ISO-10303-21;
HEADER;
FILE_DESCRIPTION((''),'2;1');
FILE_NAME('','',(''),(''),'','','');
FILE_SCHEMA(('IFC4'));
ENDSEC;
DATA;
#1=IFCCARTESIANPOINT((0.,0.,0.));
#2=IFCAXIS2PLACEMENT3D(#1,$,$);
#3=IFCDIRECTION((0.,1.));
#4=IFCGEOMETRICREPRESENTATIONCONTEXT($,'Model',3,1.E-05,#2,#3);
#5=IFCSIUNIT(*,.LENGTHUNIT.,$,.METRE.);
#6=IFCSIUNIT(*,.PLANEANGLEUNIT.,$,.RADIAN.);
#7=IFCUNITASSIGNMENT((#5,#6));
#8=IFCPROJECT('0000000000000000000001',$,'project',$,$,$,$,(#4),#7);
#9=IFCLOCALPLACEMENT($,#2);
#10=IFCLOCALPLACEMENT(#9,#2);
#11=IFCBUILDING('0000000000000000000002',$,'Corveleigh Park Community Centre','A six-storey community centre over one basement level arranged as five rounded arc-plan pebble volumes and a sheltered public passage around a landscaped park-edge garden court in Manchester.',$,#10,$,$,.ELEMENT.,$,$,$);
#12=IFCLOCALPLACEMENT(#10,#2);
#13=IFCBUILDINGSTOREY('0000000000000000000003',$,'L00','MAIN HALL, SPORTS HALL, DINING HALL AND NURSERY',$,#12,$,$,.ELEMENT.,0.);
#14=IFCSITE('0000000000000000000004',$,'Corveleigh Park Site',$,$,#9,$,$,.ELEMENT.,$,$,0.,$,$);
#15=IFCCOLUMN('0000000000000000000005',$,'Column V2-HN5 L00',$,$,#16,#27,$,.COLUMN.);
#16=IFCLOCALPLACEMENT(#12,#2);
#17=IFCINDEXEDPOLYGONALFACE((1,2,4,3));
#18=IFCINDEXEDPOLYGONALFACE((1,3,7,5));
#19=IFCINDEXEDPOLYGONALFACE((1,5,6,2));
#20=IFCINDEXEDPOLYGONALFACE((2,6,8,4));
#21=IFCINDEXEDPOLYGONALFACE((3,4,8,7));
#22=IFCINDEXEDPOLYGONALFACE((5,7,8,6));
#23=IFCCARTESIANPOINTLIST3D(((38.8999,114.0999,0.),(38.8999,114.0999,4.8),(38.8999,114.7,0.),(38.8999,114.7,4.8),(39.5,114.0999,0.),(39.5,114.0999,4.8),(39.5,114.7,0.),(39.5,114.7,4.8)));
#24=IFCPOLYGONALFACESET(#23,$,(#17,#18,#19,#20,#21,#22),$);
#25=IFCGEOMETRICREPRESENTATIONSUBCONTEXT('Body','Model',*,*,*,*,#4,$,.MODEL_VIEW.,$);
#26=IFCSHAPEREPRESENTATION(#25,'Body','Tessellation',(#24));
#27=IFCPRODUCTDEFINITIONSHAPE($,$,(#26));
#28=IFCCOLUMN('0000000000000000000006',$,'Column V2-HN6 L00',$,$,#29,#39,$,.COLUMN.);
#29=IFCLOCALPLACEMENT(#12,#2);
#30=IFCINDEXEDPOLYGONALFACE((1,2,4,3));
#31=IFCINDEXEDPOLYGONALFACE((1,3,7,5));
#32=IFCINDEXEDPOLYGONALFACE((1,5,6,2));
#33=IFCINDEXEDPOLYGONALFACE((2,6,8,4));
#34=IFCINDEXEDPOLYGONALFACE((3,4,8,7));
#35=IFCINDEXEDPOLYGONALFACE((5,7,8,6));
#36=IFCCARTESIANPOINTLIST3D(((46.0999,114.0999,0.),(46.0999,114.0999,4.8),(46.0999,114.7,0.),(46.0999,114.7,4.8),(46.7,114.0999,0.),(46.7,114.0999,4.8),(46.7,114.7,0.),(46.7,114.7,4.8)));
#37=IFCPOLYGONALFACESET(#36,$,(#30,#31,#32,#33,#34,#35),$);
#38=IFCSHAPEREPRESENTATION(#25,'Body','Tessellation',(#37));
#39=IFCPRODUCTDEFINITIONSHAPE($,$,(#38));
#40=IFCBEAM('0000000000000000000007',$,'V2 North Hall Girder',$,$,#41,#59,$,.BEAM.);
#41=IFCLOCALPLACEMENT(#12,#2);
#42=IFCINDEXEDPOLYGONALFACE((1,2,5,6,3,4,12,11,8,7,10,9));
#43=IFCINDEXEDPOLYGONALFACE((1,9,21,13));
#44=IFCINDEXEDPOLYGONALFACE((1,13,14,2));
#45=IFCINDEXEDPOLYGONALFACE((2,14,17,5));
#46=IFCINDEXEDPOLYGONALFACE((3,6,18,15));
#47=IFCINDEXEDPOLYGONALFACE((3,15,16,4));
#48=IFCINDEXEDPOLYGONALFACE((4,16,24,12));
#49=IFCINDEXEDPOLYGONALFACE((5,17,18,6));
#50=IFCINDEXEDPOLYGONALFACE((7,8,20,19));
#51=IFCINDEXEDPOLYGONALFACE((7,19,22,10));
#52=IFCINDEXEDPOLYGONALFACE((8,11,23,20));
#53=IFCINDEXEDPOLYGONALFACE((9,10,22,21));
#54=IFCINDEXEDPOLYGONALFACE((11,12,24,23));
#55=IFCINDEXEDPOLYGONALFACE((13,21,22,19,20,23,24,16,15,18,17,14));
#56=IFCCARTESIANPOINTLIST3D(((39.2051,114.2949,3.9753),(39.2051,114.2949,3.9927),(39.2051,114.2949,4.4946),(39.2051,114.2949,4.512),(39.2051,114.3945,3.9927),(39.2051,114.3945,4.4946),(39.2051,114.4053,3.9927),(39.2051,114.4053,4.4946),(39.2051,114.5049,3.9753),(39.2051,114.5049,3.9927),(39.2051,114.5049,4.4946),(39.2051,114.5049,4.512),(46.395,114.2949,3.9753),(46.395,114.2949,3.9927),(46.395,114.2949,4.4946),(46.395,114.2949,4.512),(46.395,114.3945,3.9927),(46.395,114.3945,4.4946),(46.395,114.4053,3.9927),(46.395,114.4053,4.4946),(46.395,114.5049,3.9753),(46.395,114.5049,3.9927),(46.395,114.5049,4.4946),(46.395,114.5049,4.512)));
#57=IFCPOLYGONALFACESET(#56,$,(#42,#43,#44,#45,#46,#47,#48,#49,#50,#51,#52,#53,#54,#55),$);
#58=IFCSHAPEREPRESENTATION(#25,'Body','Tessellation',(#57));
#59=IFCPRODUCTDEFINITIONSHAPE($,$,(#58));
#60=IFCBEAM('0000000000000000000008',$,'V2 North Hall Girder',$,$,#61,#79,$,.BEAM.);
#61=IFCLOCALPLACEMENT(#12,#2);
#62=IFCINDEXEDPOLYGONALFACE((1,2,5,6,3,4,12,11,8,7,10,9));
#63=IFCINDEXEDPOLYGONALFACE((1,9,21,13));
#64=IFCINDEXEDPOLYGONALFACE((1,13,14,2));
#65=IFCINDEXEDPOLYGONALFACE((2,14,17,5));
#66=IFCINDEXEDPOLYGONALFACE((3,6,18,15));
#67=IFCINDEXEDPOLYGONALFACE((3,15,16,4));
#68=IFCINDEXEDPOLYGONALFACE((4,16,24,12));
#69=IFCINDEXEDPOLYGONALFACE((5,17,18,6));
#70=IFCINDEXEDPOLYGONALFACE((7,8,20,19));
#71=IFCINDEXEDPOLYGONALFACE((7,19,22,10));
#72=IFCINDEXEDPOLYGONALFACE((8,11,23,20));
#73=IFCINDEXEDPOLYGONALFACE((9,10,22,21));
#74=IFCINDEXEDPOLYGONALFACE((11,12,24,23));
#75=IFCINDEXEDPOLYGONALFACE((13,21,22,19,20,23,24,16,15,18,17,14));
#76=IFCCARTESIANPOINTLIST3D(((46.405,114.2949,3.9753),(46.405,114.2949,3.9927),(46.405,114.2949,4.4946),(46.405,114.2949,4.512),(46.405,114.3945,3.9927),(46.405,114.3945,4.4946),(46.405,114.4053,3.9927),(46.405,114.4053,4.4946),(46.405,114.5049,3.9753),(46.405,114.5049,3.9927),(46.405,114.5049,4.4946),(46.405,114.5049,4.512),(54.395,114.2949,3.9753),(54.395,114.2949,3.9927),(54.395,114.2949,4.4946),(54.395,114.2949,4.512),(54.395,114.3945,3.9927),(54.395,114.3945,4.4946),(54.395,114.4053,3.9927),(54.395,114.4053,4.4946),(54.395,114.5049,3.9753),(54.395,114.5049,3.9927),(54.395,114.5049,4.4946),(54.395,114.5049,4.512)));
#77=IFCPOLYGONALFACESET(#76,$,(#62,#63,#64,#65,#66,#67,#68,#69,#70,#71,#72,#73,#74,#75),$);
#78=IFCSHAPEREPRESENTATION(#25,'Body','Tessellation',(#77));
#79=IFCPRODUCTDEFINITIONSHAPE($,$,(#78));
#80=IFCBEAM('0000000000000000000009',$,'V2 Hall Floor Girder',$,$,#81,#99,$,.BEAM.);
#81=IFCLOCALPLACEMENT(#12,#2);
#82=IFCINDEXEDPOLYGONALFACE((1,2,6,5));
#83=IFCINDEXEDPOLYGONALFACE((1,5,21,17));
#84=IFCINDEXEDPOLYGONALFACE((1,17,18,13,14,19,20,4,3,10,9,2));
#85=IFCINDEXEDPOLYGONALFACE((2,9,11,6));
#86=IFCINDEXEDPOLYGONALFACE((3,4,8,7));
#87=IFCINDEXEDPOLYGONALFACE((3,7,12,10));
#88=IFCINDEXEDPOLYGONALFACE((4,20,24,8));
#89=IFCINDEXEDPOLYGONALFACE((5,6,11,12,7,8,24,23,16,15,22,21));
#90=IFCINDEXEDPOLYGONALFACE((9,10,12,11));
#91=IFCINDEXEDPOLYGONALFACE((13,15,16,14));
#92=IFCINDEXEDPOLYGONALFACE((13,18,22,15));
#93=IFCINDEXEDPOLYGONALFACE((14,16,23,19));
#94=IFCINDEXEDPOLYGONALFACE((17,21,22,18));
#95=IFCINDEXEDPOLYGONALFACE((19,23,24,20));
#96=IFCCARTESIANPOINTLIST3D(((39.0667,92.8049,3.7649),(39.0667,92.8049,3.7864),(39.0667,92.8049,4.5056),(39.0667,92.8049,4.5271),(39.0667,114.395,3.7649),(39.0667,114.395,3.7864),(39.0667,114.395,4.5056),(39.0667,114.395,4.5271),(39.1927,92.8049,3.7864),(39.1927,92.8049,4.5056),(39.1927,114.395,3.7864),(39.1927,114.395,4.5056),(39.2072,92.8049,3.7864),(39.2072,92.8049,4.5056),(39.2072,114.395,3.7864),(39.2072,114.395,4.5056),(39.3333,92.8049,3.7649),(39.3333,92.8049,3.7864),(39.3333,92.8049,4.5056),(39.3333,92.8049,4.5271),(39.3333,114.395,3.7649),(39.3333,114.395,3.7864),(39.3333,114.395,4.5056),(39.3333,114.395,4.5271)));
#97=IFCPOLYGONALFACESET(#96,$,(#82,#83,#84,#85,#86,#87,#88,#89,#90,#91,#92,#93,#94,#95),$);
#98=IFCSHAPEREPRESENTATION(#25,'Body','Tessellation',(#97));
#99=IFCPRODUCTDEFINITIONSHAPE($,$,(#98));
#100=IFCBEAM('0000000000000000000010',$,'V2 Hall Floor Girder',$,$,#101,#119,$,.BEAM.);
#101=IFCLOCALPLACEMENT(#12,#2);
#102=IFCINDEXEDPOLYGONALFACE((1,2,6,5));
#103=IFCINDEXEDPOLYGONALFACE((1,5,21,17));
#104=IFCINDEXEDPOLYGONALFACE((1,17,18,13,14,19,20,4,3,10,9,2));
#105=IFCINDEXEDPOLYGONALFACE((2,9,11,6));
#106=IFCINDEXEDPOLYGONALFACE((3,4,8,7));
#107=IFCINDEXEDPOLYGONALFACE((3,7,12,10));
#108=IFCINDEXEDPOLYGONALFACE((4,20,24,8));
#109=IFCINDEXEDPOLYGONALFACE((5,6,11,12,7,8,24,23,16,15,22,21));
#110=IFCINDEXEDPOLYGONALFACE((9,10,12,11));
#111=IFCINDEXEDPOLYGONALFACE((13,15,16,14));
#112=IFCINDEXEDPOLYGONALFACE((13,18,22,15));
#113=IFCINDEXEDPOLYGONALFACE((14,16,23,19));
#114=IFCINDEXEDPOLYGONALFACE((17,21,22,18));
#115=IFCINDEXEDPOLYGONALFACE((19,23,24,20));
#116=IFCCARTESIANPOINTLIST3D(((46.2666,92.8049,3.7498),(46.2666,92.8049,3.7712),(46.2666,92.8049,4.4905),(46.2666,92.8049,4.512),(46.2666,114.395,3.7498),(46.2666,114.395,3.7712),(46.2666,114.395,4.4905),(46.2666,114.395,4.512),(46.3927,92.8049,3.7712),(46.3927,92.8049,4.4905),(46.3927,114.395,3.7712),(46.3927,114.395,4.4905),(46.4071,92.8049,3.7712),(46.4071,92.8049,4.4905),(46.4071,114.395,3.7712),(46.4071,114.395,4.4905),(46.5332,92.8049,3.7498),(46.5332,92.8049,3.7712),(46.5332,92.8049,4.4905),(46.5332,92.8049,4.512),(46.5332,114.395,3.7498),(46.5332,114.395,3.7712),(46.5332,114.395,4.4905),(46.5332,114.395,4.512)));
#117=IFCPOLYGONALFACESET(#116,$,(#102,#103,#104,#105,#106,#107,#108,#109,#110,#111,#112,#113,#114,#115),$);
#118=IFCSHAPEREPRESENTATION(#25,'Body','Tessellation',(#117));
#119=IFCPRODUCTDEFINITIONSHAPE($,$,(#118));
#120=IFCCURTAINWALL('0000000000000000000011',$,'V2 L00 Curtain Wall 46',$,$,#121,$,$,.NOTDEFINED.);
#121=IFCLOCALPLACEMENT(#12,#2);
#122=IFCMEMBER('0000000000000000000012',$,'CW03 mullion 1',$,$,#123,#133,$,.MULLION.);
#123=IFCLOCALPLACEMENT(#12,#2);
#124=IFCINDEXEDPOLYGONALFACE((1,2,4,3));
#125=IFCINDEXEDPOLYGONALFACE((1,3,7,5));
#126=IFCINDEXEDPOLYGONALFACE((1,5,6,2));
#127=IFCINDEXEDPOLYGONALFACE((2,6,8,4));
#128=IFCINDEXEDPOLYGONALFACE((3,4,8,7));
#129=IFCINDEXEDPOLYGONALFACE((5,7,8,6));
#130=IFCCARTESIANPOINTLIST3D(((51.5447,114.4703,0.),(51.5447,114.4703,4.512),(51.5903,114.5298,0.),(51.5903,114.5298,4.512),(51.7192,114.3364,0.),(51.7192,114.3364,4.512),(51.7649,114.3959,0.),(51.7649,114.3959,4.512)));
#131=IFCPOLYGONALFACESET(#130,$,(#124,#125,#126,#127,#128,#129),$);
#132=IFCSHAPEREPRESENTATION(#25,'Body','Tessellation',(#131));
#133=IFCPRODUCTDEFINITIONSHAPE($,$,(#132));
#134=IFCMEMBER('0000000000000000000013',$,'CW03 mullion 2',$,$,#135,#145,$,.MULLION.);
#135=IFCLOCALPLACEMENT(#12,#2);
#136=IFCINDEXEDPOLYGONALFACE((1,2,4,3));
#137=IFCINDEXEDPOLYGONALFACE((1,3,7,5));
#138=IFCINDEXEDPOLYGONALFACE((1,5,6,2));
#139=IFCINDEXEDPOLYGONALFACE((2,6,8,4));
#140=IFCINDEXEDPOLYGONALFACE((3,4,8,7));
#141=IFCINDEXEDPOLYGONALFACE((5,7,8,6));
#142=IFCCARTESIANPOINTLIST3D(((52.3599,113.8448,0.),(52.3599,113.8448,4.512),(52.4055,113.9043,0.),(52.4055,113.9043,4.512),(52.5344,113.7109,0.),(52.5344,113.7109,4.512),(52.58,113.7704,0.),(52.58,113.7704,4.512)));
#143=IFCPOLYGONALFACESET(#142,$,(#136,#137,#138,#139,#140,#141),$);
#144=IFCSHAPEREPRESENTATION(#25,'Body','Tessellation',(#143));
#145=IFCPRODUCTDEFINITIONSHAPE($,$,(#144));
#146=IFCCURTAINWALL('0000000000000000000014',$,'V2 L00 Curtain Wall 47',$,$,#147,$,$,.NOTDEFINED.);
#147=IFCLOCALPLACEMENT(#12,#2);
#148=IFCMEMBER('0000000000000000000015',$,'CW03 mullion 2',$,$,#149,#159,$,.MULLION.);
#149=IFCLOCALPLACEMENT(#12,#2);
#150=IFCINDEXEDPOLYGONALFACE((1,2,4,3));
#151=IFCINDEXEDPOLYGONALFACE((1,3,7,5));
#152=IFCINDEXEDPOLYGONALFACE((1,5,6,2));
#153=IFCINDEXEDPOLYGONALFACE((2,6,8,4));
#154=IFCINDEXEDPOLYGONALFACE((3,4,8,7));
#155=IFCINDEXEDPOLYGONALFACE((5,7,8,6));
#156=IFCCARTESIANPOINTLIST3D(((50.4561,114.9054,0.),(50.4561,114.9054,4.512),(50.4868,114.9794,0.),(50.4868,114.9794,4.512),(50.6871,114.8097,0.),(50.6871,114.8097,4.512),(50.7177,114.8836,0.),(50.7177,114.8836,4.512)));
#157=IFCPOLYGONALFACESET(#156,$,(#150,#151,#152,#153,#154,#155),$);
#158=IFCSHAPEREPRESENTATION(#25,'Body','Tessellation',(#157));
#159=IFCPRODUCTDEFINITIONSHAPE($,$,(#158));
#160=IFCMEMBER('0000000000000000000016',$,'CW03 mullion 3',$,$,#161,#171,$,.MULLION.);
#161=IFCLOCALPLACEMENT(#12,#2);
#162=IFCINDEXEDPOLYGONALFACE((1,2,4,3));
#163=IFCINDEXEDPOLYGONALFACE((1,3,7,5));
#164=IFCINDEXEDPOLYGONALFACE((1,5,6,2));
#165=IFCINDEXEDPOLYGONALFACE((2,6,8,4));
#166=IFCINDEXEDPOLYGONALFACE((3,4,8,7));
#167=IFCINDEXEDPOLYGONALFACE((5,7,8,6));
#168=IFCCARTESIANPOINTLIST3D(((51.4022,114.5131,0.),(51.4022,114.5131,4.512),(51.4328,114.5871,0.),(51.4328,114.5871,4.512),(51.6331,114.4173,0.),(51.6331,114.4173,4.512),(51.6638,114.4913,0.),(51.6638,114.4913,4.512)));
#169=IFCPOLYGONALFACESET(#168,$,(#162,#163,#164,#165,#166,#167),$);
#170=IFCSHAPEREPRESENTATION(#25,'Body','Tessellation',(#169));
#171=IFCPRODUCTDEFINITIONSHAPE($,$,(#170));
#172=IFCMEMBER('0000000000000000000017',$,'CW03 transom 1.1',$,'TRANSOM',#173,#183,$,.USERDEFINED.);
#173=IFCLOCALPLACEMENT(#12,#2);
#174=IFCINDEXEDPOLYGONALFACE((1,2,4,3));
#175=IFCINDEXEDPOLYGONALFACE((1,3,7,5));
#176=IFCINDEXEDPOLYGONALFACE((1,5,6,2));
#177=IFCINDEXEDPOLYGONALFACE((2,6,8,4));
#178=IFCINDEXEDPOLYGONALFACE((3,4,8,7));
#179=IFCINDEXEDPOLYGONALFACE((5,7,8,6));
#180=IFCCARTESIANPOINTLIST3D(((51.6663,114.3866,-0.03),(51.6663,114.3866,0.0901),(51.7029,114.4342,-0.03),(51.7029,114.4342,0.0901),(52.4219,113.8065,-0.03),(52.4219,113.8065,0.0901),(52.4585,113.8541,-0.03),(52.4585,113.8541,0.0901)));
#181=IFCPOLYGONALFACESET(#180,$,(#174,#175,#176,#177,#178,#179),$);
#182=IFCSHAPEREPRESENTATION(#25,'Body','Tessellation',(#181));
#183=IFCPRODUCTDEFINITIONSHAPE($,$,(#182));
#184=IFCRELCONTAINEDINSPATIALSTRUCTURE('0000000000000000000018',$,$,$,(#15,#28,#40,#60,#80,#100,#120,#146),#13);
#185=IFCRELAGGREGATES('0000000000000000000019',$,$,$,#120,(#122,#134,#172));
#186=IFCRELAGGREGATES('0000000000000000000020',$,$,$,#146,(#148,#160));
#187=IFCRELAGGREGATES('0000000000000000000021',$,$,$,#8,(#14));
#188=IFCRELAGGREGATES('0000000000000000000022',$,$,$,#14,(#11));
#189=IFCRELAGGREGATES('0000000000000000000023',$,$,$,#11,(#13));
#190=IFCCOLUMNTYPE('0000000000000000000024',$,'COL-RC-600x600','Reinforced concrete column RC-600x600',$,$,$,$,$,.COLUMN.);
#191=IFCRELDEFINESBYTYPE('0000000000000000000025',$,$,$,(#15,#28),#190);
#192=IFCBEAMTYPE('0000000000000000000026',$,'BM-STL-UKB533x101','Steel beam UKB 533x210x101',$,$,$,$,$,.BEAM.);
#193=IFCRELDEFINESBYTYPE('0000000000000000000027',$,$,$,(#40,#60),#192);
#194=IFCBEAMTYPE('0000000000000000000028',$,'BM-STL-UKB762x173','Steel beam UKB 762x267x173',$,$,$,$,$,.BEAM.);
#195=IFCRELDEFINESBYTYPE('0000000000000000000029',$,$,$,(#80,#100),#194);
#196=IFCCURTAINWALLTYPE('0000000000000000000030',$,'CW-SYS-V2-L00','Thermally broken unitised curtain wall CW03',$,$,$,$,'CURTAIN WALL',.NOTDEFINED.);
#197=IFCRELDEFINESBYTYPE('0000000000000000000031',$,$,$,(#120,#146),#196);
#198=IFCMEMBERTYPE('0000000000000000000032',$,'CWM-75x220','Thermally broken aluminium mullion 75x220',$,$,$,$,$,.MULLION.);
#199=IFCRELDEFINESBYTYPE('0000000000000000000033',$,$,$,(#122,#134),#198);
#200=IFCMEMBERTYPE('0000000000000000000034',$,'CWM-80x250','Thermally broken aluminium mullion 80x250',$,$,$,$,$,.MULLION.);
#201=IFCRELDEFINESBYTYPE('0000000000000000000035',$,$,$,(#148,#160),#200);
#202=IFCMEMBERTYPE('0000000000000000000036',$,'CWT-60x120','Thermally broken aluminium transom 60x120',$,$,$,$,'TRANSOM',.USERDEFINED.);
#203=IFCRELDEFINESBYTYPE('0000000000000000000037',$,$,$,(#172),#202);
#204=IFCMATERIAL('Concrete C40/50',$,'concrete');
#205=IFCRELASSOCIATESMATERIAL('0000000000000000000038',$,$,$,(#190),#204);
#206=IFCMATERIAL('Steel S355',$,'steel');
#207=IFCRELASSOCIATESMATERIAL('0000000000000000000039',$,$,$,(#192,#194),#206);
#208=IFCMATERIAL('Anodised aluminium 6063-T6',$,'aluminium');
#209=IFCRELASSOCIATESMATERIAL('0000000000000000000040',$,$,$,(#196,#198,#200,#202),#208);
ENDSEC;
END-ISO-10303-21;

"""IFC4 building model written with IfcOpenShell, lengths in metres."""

from ifc_helpers import new_model, si_unit, direction, frame, origin, origin_2d, place, context, subcontext, project, spatial, rectangle, i_section, extrude, material, material_profile, profile_set, type_object, element, aggregate, save


model = new_model("IFC4")

# Units and contexts
model_context = context("Model", 3, precision=1e-05, world=origin(), true_north=direction((0.0, 1.0)))
body_context = subcontext(model_context, "Body", "Model", "MODEL_VIEW")
ifc_project = project(units=[si_unit("LENGTHUNIT", "METRE"), si_unit("PLANEANGLEUNIT", "RADIAN")], contexts=[model_context])

# Site, building, storey
site_placement = place(None, origin())
site = spatial("IfcSite", under=ifc_project, at=site_placement, Name="Corveleigh Park Site", CompositionType="ELEMENT", RefElevation=0.0)
building_placement = place(site_placement, origin())
building = spatial("IfcBuilding", under=site, at=building_placement, Name="Corveleigh Park Community Centre", Description="A six-storey community centre over one basement level arranged as five rounded arc-plan pebble volumes and a sheltered public passage around a landscaped park-edge garden court in Manchester.", CompositionType="ELEMENT")
storey_placement = place(building_placement, origin())
storey = spatial("IfcBuildingStorey", under=building, at=storey_placement, Name="L00", Description="MAIN HALL, SPORTS HALL, DINING HALL AND NURSERY", CompositionType="ELEMENT", Elevation=0.0)

# Columns
ifc_material_1 = material(Name="Concrete C40/50", Category="concrete")
ifc_material_profile_1 = material_profile(ifc_material_1, rectangle(XDim=0.6001, YDim=0.6001, at=origin_2d()), Name="RC-600x600", Category="concrete")
ifc_profile_set_1 = profile_set([ifc_material_profile_1], Name="Concrete C40/50")
column_type = type_object("IfcColumnType", Name="COL-RC-600x600", Description="Reinforced concrete column RC-600x600", PredefinedType="COLUMN", material=ifc_profile_set_1)
for number, where, z_axis, x_axis, name in (
    (1, (39.2, 114.3999, 0.0), (0.0, 0.0, 1.0), (1.0, 0.0, 0.0), "Column V2-HN5 L00"),
    (2, (46.3999, 114.3999, 0.0), (0.0, 0.0, 1.0), (1.0, 0.0, 0.0), "Column V2-HN6 L00"),
):
    element("IfcColumn", number, at=place(storey_placement, frame(where, z_axis=z_axis, x_axis=x_axis)), inside=storey, type_object=column_type, Name=name, PredefinedType="COLUMN", context=body_context, shape_type="SweptSolid", body=[
        extrude(rectangle(XDim=0.6001, YDim=0.6001, at=origin_2d()), origin(), (0.0, 0.0, 1.0), 4.8),
    ])

# Beams
ifc_material_2 = material(Name="Steel S355", Category="steel")
ifc_material_profile_2 = material_profile(ifc_material_2, i_section(OverallWidth=0.21, OverallDepth=0.5366, WebThickness=0.0107, FlangeThickness=0.0173, at=origin_2d()), Name="UKB 533x210x101", Category="steel")
ifc_profile_set_2 = profile_set([ifc_material_profile_2], Name="Steel S355")
beam_type_1 = type_object("IfcBeamType", Name="BM-STL-UKB533x101", Description="Steel beam UKB 533x210x101", PredefinedType="BEAM", material=ifc_profile_set_2)
beam_1_placement = place(storey_placement, frame((39.2051, 114.3999, 4.2437), z_axis=(1.0, 0.0, 0.0), x_axis=(0.0, 1.0, 0.0)))
element("IfcBeam", 3, at=beam_1_placement, inside=storey, type_object=beam_type_1, Name="V2 North Hall Girder", PredefinedType="BEAM", context=body_context, shape_type="SweptSolid", body=[
    extrude(i_section(OverallWidth=0.21, OverallDepth=0.5366, WebThickness=0.0107, FlangeThickness=0.0173, at=origin_2d()), origin(), (0.0, 0.0, 1.0), 7.1899),
])
beam_2_placement = place(storey_placement, frame((46.405, 114.3999, 4.2437), z_axis=(1.0, 0.0, 0.0), x_axis=(0.0, 1.0, 0.0)))
element("IfcBeam", 4, at=beam_2_placement, inside=storey, type_object=beam_type_1, Name="V2 North Hall Girder", PredefinedType="BEAM", context=body_context, shape_type="SweptSolid", body=[
    extrude(i_section(OverallWidth=0.21, OverallDepth=0.5366, WebThickness=0.0107, FlangeThickness=0.0173, at=origin_2d()), origin(), (0.0, 0.0, 1.0), 7.99),
])
ifc_material_profile_3 = material_profile(ifc_material_2, i_section(OverallWidth=0.2666, OverallDepth=0.7622, WebThickness=0.0144, FlangeThickness=0.0215, at=origin_2d()), Name="UKB 762x267x173", Category="steel")
ifc_profile_set_3 = profile_set([ifc_material_profile_3], Name="Steel S355")
beam_type_2 = type_object("IfcBeamType", Name="BM-STL-UKB762x173", Description="Steel beam UKB 762x267x173", PredefinedType="BEAM", material=ifc_profile_set_3)
for number, where, z_axis, x_axis, name in (
    (5, (39.2, 92.8049, 4.146), (0.0, 1.0, 0.0), (-1.0, 0.0, 0.0), "V2 Hall Floor Girder"),
    (6, (46.3999, 92.8049, 4.1309), (0.0, 1.0, 0.0), (-1.0, 0.0, 0.0), "V2 Hall Floor Girder"),
):
    element("IfcBeam", number, at=place(storey_placement, frame(where, z_axis=z_axis, x_axis=x_axis)), inside=storey, type_object=beam_type_2, Name=name, PredefinedType="BEAM", context=body_context, shape_type="SweptSolid", body=[
        extrude(i_section(OverallWidth=0.2666, OverallDepth=0.7622, WebThickness=0.0144, FlangeThickness=0.0215, at=origin_2d()), origin(), (0.0, 0.0, 1.0), 21.5901),
    ])

# Curtain walls, members
ifc_material_3 = material(Name="Anodised aluminium 6063-T6", Category="aluminium")
curtain_wall_type = type_object("IfcCurtainWallType", Name="CW-SYS-V2-L00", Description="Thermally broken unitised curtain wall CW03", ElementType="CURTAIN WALL", PredefinedType="NOTDEFINED", material=ifc_material_3)
curtain_wall_1_placement = place(storey_placement, origin())
curtain_wall_1 = element("IfcCurtainWall", 7, at=curtain_wall_1_placement, inside=storey, type_object=curtain_wall_type, Name="V2 L00 Curtain Wall 46", PredefinedType="NOTDEFINED")
ifc_material_profile_4 = material_profile(ifc_material_3, rectangle(XDim=0.075, YDim=0.22, at=origin_2d()), Name="ALU-M75x220", Category="aluminium")
ifc_profile_set_4 = profile_set([ifc_material_profile_4], Name="Anodised aluminium 6063-T6")
member_type_1 = type_object("IfcMemberType", Name="CWM-75x220", Description="Thermally broken aluminium mullion 75x220", PredefinedType="MULLION", material=ifc_profile_set_4)
member_1_placement = place(storey_placement, frame((51.6548, 114.4331, 0.0), z_axis=(0.0, 0.0, 1.0), x_axis=(0.608826, 0.793304, 0.0)))
member_1 = element("IfcMember", 8, at=member_1_placement, type_object=member_type_1, Name="CW03 mullion 1", PredefinedType="MULLION", context=body_context, shape_type="SweptSolid", body=[
    extrude(rectangle(XDim=0.075, YDim=0.22, at=origin_2d()), origin(), (0.0, 0.0, 1.0), 4.512),
])
member_2_placement = place(storey_placement, frame((52.47, 113.8076, 0.0), z_axis=(0.0, 0.0, 1.0), x_axis=(0.608826, 0.793304, 0.0)))
member_2 = element("IfcMember", 9, at=member_2_placement, type_object=member_type_1, Name="CW03 mullion 2", PredefinedType="MULLION", context=body_context, shape_type="SweptSolid", body=[
    extrude(rectangle(XDim=0.075, YDim=0.22, at=origin_2d()), origin(), (0.0, 0.0, 1.0), 4.512),
])
curtain_wall_2_placement = place(storey_placement, origin())
curtain_wall_2 = element("IfcCurtainWall", 10, at=curtain_wall_2_placement, inside=storey, type_object=curtain_wall_type, Name="V2 L00 Curtain Wall 47", PredefinedType="NOTDEFINED")
ifc_material_profile_5 = material_profile(ifc_material_3, rectangle(XDim=0.0801, YDim=0.25, at=origin_2d()), Name="ALU-M80x250", Category="aluminium")
ifc_profile_set_5 = profile_set([ifc_material_profile_5], Name="Anodised aluminium 6063-T6")
member_type_2 = type_object("IfcMemberType", Name="CWM-80x250", Description="Thermally broken aluminium mullion 80x250", PredefinedType="MULLION", material=ifc_profile_set_5)
member_3_placement = place(storey_placement, frame((50.5869, 114.8945, 0.0), z_axis=(0.0, 0.0, 1.0), x_axis=(0.382947, 0.92377, 0.0)))
member_3 = element("IfcMember", 11, at=member_3_placement, type_object=member_type_2, Name="CW03 mullion 2", PredefinedType="MULLION", context=body_context, shape_type="SweptSolid", body=[
    extrude(rectangle(XDim=0.0801, YDim=0.25, at=origin_2d()), origin(), (0.0, 0.0, 1.0), 4.512),
])
member_4_placement = place(storey_placement, frame((51.533, 114.5022, 0.0), z_axis=(0.0, 0.0, 1.0), x_axis=(0.382947, 0.92377, 0.0)))
member_4 = element("IfcMember", 12, at=member_4_placement, type_object=member_type_2, Name="CW03 mullion 3", PredefinedType="MULLION", context=body_context, shape_type="SweptSolid", body=[
    extrude(rectangle(XDim=0.0801, YDim=0.25, at=origin_2d()), origin(), (0.0, 0.0, 1.0), 4.512),
])

# Member
ifc_material_profile_6 = material_profile(ifc_material_3, rectangle(XDim=0.0601, YDim=0.1201, at=origin_2d()), Name="ALU-T60x120", Category="aluminium")
ifc_profile_set_6 = profile_set([ifc_material_profile_6], Name="Anodised aluminium 6063-T6")
member_type_3 = type_object("IfcMemberType", Name="CWT-60x120", Description="Thermally broken aluminium transom 60x120", ElementType="TRANSOM", PredefinedType="USERDEFINED", material=ifc_profile_set_6)
member_5_placement = place(storey_placement, frame((51.6846, 114.4104, 0.03), z_axis=(0.793214, -0.608943, 0.0), x_axis=(0.608943, 0.793214, 0.0)))
member_5 = element("IfcMember", 13, at=member_5_placement, type_object=member_type_3, Name="CW03 transom 1.1", ObjectType="TRANSOM", PredefinedType="USERDEFINED", context=body_context, shape_type="SweptSolid", body=[
    extrude(rectangle(XDim=0.0601, YDim=0.1201, at=origin_2d()), origin(), (0.0, 0.0, 1.0), 0.9526),
])

aggregate(curtain_wall_1, [member_1, member_2, member_5])
aggregate(curtain_wall_2, [member_3, member_4])

save(model, "model.ifc")
